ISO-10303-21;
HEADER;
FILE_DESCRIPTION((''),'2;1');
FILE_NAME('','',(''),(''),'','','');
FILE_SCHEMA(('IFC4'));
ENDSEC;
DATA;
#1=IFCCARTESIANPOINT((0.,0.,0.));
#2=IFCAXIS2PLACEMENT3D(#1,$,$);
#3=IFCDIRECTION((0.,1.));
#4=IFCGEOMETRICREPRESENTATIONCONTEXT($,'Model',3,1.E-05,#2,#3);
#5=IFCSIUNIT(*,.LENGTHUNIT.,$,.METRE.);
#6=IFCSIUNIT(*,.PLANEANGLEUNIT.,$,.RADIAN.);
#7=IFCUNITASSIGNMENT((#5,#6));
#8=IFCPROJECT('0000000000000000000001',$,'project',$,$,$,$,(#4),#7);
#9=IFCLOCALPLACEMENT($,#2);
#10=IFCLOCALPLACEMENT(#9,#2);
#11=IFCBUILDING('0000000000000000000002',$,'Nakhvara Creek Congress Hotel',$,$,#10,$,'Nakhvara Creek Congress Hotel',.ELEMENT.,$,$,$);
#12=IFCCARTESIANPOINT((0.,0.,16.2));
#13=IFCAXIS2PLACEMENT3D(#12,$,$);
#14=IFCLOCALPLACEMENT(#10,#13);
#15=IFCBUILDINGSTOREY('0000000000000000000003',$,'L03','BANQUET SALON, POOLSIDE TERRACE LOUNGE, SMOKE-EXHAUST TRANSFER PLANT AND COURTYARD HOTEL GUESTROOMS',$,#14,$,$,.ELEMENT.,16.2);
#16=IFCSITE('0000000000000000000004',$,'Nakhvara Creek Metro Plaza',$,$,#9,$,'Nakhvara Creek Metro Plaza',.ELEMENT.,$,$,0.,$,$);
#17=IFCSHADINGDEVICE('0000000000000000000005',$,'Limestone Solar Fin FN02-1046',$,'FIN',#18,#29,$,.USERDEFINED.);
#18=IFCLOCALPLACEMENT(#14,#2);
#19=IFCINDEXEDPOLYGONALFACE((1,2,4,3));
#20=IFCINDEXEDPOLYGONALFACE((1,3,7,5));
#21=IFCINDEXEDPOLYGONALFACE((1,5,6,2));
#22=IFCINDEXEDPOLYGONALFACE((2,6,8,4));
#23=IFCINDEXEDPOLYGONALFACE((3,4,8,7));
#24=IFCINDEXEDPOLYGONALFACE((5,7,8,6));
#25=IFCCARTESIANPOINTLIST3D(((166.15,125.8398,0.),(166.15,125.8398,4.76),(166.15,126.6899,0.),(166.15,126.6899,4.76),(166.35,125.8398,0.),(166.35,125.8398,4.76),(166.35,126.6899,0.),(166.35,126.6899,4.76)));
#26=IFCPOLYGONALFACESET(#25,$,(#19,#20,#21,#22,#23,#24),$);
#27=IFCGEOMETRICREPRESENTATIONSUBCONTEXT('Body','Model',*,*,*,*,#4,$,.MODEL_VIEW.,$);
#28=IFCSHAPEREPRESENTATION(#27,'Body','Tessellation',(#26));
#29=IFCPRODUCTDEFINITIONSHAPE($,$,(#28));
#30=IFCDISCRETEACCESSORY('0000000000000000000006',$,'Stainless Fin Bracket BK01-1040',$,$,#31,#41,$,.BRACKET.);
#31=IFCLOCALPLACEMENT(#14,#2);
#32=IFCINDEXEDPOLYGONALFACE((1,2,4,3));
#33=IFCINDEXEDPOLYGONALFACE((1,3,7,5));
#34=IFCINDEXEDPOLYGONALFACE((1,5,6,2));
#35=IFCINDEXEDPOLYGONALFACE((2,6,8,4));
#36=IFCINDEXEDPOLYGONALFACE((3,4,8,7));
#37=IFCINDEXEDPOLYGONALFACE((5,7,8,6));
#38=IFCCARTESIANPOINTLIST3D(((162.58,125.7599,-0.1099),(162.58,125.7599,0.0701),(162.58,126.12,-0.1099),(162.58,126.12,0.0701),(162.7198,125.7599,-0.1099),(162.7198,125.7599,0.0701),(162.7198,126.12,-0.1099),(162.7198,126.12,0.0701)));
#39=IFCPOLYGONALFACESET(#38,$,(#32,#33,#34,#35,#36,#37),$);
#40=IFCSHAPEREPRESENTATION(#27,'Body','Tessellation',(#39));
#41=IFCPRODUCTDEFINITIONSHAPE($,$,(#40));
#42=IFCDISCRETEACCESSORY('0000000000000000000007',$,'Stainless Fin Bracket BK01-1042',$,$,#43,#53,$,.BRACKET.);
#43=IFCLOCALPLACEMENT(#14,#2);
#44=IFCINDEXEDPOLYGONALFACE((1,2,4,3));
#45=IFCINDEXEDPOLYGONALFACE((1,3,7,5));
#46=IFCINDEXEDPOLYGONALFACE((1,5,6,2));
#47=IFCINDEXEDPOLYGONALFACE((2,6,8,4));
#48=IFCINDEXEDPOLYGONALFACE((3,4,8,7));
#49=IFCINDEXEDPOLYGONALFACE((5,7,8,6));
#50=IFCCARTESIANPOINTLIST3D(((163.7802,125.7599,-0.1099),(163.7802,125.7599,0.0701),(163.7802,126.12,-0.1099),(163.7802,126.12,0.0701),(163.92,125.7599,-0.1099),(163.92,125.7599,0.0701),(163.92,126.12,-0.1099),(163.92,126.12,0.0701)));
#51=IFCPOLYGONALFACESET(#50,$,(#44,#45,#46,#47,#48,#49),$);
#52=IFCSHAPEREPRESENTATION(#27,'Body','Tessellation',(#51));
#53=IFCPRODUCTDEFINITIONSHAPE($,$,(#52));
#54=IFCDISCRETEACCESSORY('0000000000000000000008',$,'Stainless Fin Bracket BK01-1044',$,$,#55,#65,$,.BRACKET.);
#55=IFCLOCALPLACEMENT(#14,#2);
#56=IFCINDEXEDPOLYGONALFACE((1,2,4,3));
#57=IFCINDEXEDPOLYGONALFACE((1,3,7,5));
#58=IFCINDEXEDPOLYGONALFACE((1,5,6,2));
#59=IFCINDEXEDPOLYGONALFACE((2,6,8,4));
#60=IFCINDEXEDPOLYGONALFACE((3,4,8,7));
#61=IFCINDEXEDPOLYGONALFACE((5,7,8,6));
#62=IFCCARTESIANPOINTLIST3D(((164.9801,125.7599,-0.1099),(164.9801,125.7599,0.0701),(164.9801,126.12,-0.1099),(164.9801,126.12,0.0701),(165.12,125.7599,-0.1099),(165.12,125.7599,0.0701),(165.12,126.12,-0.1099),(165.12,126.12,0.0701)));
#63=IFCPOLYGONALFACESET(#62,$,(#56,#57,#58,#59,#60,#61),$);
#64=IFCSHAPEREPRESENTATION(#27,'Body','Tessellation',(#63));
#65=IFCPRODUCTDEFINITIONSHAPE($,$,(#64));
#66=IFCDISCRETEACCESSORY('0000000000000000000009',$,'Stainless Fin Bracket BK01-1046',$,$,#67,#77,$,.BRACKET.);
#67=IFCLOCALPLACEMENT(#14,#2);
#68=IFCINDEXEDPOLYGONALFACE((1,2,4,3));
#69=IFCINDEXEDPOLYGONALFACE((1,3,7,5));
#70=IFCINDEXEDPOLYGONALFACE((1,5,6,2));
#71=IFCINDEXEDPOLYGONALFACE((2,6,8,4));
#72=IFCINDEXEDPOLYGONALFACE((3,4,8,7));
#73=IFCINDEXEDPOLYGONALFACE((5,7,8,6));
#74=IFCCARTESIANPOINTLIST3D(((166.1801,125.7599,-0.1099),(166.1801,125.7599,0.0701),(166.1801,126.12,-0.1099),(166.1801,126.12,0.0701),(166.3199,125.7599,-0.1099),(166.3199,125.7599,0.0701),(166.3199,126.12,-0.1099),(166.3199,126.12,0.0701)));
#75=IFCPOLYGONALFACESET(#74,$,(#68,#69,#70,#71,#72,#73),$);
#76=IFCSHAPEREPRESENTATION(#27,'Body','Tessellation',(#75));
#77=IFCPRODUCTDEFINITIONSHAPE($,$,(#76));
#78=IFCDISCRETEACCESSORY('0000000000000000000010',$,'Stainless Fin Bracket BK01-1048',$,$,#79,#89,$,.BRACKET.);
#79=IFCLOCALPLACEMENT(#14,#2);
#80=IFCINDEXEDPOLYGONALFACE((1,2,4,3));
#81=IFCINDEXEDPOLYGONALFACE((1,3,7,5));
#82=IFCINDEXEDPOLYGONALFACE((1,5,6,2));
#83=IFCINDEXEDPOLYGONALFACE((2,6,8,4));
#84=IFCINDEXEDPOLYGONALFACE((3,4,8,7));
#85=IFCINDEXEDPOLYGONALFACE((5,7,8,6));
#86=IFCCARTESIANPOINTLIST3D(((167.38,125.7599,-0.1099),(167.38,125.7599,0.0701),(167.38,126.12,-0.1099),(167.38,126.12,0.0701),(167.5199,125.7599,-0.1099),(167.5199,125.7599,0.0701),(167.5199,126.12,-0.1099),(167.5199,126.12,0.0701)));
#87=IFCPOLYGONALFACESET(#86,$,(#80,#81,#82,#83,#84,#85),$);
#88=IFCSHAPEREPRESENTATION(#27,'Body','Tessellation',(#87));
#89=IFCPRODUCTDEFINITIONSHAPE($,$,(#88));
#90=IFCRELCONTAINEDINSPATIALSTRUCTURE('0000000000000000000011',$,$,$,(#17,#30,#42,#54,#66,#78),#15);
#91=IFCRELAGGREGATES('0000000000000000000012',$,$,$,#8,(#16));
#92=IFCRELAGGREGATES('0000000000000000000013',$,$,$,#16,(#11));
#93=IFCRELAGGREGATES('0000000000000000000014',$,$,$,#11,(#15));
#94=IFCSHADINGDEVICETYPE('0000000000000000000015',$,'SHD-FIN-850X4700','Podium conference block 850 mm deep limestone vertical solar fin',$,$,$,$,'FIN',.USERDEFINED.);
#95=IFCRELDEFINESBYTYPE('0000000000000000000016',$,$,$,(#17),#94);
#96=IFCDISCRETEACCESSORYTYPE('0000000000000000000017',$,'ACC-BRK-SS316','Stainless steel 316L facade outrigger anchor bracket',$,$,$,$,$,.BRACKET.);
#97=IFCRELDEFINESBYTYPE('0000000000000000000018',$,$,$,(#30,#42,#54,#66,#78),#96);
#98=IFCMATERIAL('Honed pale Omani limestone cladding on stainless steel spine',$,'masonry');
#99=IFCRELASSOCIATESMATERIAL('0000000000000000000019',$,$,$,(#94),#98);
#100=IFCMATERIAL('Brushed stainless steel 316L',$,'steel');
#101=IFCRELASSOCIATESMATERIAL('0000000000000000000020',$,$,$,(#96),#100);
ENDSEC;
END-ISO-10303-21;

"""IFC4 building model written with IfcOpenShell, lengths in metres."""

from ifc_helpers import new_model, si_unit, direction, frame, origin, origin_2d, place, context, subcontext, project, spatial, rectangle, extrude, material, type_object, element, save


model = new_model("IFC4")

# Units and contexts
model_context = context("Model", 3, precision=1e-05, world=origin(), true_north=direction((0.0, 1.0)))
body_context = subcontext(model_context, "Body", "Model", "MODEL_VIEW")
ifc_project = project(units=[si_unit("LENGTHUNIT", "METRE"), si_unit("PLANEANGLEUNIT", "RADIAN")], contexts=[model_context])

# Site, building, storey
site_placement = place(None, origin())
site = spatial("IfcSite", under=ifc_project, at=site_placement, Name="Nakhvara Creek Metro Plaza", LongName="Nakhvara Creek Metro Plaza", CompositionType="ELEMENT", RefElevation=0.0)
building_placement = place(site_placement, origin())
building = spatial("IfcBuilding", under=site, at=building_placement, Name="Nakhvara Creek Congress Hotel", LongName="Nakhvara Creek Congress Hotel", CompositionType="ELEMENT")
storey_placement = place(building_placement, frame((0.0, 0.0, 16.2)))
storey = spatial("IfcBuildingStorey", under=building, at=storey_placement, Name="L03", Description="BANQUET SALON, POOLSIDE TERRACE LOUNGE, SMOKE-EXHAUST TRANSFER PLANT AND COURTYARD HOTEL GUESTROOMS", CompositionType="ELEMENT", Elevation=16.2)

# Shading device
ifc_material_1 = material(Name="Honed pale Omani limestone cladding on stainless steel spine", Category="masonry")
shading_device_type = type_object("IfcShadingDeviceType", Name="SHD-FIN-850X4700", Description="Podium conference block 850 mm deep limestone vertical solar fin", ElementType="FIN", PredefinedType="USERDEFINED", material=ifc_material_1)
for number, where, z_axis, x_axis, name in (
    (1, (166.25, 126.2649, 0.0), (0.0, 0.0, 1.0), (1.0, 0.0, 0.0), "Limestone Solar Fin FN02-1046"),
):
    element("IfcShadingDevice", number, at=place(storey_placement, frame(where, z_axis=z_axis, x_axis=x_axis)), inside=storey, type_object=shading_device_type, Name=name, ObjectType="FIN", PredefinedType="USERDEFINED", context=body_context, shape_type="SweptSolid", body=[
        extrude(rectangle(XDim=0.2, YDim=0.8501, at=origin_2d()), origin(), (0.0, 0.0, 1.0), 4.76),
    ])

# Discrete accessories
ifc_material_2 = material(Name="Brushed stainless steel 316L", Category="steel")
discrete_accessory_type = type_object("IfcDiscreteAccessoryType", Name="ACC-BRK-SS316", Description="Stainless steel 316L facade outrigger anchor bracket", PredefinedType="BRACKET", material=ifc_material_2)
for number, where, z_axis, x_axis, name in (
    (2, (162.6499, 125.9399, -0.1099), (0.0, 0.0, 1.0), (1.0, 0.0, 0.0), "Stainless Fin Bracket BK01-1040"),
    (3, (163.8501, 125.9399, -0.1099), (0.0, 0.0, 1.0), (1.0, 0.0, 0.0), "Stainless Fin Bracket BK01-1042"),
    (4, (165.05, 125.9399, -0.1099), (0.0, 0.0, 1.0), (1.0, 0.0, 0.0), "Stainless Fin Bracket BK01-1044"),
    (5, (166.25, 125.9399, -0.1099), (0.0, 0.0, 1.0), (1.0, 0.0, 0.0), "Stainless Fin Bracket BK01-1046"),
    (6, (167.45, 125.9399, -0.1099), (0.0, 0.0, 1.0), (1.0, 0.0, 0.0), "Stainless Fin Bracket BK01-1048"),
):
    element("IfcDiscreteAccessory", number, at=place(storey_placement, frame(where, z_axis=z_axis, x_axis=x_axis)), inside=storey, type_object=discrete_accessory_type, Name=name, PredefinedType="BRACKET", context=body_context, shape_type="SweptSolid", body=[
        extrude(rectangle(XDim=0.1399, YDim=0.3601, at=origin_2d()), origin(), (0.0, 0.0, 1.0), 0.1799),
    ])

save(model, "model.ifc")
